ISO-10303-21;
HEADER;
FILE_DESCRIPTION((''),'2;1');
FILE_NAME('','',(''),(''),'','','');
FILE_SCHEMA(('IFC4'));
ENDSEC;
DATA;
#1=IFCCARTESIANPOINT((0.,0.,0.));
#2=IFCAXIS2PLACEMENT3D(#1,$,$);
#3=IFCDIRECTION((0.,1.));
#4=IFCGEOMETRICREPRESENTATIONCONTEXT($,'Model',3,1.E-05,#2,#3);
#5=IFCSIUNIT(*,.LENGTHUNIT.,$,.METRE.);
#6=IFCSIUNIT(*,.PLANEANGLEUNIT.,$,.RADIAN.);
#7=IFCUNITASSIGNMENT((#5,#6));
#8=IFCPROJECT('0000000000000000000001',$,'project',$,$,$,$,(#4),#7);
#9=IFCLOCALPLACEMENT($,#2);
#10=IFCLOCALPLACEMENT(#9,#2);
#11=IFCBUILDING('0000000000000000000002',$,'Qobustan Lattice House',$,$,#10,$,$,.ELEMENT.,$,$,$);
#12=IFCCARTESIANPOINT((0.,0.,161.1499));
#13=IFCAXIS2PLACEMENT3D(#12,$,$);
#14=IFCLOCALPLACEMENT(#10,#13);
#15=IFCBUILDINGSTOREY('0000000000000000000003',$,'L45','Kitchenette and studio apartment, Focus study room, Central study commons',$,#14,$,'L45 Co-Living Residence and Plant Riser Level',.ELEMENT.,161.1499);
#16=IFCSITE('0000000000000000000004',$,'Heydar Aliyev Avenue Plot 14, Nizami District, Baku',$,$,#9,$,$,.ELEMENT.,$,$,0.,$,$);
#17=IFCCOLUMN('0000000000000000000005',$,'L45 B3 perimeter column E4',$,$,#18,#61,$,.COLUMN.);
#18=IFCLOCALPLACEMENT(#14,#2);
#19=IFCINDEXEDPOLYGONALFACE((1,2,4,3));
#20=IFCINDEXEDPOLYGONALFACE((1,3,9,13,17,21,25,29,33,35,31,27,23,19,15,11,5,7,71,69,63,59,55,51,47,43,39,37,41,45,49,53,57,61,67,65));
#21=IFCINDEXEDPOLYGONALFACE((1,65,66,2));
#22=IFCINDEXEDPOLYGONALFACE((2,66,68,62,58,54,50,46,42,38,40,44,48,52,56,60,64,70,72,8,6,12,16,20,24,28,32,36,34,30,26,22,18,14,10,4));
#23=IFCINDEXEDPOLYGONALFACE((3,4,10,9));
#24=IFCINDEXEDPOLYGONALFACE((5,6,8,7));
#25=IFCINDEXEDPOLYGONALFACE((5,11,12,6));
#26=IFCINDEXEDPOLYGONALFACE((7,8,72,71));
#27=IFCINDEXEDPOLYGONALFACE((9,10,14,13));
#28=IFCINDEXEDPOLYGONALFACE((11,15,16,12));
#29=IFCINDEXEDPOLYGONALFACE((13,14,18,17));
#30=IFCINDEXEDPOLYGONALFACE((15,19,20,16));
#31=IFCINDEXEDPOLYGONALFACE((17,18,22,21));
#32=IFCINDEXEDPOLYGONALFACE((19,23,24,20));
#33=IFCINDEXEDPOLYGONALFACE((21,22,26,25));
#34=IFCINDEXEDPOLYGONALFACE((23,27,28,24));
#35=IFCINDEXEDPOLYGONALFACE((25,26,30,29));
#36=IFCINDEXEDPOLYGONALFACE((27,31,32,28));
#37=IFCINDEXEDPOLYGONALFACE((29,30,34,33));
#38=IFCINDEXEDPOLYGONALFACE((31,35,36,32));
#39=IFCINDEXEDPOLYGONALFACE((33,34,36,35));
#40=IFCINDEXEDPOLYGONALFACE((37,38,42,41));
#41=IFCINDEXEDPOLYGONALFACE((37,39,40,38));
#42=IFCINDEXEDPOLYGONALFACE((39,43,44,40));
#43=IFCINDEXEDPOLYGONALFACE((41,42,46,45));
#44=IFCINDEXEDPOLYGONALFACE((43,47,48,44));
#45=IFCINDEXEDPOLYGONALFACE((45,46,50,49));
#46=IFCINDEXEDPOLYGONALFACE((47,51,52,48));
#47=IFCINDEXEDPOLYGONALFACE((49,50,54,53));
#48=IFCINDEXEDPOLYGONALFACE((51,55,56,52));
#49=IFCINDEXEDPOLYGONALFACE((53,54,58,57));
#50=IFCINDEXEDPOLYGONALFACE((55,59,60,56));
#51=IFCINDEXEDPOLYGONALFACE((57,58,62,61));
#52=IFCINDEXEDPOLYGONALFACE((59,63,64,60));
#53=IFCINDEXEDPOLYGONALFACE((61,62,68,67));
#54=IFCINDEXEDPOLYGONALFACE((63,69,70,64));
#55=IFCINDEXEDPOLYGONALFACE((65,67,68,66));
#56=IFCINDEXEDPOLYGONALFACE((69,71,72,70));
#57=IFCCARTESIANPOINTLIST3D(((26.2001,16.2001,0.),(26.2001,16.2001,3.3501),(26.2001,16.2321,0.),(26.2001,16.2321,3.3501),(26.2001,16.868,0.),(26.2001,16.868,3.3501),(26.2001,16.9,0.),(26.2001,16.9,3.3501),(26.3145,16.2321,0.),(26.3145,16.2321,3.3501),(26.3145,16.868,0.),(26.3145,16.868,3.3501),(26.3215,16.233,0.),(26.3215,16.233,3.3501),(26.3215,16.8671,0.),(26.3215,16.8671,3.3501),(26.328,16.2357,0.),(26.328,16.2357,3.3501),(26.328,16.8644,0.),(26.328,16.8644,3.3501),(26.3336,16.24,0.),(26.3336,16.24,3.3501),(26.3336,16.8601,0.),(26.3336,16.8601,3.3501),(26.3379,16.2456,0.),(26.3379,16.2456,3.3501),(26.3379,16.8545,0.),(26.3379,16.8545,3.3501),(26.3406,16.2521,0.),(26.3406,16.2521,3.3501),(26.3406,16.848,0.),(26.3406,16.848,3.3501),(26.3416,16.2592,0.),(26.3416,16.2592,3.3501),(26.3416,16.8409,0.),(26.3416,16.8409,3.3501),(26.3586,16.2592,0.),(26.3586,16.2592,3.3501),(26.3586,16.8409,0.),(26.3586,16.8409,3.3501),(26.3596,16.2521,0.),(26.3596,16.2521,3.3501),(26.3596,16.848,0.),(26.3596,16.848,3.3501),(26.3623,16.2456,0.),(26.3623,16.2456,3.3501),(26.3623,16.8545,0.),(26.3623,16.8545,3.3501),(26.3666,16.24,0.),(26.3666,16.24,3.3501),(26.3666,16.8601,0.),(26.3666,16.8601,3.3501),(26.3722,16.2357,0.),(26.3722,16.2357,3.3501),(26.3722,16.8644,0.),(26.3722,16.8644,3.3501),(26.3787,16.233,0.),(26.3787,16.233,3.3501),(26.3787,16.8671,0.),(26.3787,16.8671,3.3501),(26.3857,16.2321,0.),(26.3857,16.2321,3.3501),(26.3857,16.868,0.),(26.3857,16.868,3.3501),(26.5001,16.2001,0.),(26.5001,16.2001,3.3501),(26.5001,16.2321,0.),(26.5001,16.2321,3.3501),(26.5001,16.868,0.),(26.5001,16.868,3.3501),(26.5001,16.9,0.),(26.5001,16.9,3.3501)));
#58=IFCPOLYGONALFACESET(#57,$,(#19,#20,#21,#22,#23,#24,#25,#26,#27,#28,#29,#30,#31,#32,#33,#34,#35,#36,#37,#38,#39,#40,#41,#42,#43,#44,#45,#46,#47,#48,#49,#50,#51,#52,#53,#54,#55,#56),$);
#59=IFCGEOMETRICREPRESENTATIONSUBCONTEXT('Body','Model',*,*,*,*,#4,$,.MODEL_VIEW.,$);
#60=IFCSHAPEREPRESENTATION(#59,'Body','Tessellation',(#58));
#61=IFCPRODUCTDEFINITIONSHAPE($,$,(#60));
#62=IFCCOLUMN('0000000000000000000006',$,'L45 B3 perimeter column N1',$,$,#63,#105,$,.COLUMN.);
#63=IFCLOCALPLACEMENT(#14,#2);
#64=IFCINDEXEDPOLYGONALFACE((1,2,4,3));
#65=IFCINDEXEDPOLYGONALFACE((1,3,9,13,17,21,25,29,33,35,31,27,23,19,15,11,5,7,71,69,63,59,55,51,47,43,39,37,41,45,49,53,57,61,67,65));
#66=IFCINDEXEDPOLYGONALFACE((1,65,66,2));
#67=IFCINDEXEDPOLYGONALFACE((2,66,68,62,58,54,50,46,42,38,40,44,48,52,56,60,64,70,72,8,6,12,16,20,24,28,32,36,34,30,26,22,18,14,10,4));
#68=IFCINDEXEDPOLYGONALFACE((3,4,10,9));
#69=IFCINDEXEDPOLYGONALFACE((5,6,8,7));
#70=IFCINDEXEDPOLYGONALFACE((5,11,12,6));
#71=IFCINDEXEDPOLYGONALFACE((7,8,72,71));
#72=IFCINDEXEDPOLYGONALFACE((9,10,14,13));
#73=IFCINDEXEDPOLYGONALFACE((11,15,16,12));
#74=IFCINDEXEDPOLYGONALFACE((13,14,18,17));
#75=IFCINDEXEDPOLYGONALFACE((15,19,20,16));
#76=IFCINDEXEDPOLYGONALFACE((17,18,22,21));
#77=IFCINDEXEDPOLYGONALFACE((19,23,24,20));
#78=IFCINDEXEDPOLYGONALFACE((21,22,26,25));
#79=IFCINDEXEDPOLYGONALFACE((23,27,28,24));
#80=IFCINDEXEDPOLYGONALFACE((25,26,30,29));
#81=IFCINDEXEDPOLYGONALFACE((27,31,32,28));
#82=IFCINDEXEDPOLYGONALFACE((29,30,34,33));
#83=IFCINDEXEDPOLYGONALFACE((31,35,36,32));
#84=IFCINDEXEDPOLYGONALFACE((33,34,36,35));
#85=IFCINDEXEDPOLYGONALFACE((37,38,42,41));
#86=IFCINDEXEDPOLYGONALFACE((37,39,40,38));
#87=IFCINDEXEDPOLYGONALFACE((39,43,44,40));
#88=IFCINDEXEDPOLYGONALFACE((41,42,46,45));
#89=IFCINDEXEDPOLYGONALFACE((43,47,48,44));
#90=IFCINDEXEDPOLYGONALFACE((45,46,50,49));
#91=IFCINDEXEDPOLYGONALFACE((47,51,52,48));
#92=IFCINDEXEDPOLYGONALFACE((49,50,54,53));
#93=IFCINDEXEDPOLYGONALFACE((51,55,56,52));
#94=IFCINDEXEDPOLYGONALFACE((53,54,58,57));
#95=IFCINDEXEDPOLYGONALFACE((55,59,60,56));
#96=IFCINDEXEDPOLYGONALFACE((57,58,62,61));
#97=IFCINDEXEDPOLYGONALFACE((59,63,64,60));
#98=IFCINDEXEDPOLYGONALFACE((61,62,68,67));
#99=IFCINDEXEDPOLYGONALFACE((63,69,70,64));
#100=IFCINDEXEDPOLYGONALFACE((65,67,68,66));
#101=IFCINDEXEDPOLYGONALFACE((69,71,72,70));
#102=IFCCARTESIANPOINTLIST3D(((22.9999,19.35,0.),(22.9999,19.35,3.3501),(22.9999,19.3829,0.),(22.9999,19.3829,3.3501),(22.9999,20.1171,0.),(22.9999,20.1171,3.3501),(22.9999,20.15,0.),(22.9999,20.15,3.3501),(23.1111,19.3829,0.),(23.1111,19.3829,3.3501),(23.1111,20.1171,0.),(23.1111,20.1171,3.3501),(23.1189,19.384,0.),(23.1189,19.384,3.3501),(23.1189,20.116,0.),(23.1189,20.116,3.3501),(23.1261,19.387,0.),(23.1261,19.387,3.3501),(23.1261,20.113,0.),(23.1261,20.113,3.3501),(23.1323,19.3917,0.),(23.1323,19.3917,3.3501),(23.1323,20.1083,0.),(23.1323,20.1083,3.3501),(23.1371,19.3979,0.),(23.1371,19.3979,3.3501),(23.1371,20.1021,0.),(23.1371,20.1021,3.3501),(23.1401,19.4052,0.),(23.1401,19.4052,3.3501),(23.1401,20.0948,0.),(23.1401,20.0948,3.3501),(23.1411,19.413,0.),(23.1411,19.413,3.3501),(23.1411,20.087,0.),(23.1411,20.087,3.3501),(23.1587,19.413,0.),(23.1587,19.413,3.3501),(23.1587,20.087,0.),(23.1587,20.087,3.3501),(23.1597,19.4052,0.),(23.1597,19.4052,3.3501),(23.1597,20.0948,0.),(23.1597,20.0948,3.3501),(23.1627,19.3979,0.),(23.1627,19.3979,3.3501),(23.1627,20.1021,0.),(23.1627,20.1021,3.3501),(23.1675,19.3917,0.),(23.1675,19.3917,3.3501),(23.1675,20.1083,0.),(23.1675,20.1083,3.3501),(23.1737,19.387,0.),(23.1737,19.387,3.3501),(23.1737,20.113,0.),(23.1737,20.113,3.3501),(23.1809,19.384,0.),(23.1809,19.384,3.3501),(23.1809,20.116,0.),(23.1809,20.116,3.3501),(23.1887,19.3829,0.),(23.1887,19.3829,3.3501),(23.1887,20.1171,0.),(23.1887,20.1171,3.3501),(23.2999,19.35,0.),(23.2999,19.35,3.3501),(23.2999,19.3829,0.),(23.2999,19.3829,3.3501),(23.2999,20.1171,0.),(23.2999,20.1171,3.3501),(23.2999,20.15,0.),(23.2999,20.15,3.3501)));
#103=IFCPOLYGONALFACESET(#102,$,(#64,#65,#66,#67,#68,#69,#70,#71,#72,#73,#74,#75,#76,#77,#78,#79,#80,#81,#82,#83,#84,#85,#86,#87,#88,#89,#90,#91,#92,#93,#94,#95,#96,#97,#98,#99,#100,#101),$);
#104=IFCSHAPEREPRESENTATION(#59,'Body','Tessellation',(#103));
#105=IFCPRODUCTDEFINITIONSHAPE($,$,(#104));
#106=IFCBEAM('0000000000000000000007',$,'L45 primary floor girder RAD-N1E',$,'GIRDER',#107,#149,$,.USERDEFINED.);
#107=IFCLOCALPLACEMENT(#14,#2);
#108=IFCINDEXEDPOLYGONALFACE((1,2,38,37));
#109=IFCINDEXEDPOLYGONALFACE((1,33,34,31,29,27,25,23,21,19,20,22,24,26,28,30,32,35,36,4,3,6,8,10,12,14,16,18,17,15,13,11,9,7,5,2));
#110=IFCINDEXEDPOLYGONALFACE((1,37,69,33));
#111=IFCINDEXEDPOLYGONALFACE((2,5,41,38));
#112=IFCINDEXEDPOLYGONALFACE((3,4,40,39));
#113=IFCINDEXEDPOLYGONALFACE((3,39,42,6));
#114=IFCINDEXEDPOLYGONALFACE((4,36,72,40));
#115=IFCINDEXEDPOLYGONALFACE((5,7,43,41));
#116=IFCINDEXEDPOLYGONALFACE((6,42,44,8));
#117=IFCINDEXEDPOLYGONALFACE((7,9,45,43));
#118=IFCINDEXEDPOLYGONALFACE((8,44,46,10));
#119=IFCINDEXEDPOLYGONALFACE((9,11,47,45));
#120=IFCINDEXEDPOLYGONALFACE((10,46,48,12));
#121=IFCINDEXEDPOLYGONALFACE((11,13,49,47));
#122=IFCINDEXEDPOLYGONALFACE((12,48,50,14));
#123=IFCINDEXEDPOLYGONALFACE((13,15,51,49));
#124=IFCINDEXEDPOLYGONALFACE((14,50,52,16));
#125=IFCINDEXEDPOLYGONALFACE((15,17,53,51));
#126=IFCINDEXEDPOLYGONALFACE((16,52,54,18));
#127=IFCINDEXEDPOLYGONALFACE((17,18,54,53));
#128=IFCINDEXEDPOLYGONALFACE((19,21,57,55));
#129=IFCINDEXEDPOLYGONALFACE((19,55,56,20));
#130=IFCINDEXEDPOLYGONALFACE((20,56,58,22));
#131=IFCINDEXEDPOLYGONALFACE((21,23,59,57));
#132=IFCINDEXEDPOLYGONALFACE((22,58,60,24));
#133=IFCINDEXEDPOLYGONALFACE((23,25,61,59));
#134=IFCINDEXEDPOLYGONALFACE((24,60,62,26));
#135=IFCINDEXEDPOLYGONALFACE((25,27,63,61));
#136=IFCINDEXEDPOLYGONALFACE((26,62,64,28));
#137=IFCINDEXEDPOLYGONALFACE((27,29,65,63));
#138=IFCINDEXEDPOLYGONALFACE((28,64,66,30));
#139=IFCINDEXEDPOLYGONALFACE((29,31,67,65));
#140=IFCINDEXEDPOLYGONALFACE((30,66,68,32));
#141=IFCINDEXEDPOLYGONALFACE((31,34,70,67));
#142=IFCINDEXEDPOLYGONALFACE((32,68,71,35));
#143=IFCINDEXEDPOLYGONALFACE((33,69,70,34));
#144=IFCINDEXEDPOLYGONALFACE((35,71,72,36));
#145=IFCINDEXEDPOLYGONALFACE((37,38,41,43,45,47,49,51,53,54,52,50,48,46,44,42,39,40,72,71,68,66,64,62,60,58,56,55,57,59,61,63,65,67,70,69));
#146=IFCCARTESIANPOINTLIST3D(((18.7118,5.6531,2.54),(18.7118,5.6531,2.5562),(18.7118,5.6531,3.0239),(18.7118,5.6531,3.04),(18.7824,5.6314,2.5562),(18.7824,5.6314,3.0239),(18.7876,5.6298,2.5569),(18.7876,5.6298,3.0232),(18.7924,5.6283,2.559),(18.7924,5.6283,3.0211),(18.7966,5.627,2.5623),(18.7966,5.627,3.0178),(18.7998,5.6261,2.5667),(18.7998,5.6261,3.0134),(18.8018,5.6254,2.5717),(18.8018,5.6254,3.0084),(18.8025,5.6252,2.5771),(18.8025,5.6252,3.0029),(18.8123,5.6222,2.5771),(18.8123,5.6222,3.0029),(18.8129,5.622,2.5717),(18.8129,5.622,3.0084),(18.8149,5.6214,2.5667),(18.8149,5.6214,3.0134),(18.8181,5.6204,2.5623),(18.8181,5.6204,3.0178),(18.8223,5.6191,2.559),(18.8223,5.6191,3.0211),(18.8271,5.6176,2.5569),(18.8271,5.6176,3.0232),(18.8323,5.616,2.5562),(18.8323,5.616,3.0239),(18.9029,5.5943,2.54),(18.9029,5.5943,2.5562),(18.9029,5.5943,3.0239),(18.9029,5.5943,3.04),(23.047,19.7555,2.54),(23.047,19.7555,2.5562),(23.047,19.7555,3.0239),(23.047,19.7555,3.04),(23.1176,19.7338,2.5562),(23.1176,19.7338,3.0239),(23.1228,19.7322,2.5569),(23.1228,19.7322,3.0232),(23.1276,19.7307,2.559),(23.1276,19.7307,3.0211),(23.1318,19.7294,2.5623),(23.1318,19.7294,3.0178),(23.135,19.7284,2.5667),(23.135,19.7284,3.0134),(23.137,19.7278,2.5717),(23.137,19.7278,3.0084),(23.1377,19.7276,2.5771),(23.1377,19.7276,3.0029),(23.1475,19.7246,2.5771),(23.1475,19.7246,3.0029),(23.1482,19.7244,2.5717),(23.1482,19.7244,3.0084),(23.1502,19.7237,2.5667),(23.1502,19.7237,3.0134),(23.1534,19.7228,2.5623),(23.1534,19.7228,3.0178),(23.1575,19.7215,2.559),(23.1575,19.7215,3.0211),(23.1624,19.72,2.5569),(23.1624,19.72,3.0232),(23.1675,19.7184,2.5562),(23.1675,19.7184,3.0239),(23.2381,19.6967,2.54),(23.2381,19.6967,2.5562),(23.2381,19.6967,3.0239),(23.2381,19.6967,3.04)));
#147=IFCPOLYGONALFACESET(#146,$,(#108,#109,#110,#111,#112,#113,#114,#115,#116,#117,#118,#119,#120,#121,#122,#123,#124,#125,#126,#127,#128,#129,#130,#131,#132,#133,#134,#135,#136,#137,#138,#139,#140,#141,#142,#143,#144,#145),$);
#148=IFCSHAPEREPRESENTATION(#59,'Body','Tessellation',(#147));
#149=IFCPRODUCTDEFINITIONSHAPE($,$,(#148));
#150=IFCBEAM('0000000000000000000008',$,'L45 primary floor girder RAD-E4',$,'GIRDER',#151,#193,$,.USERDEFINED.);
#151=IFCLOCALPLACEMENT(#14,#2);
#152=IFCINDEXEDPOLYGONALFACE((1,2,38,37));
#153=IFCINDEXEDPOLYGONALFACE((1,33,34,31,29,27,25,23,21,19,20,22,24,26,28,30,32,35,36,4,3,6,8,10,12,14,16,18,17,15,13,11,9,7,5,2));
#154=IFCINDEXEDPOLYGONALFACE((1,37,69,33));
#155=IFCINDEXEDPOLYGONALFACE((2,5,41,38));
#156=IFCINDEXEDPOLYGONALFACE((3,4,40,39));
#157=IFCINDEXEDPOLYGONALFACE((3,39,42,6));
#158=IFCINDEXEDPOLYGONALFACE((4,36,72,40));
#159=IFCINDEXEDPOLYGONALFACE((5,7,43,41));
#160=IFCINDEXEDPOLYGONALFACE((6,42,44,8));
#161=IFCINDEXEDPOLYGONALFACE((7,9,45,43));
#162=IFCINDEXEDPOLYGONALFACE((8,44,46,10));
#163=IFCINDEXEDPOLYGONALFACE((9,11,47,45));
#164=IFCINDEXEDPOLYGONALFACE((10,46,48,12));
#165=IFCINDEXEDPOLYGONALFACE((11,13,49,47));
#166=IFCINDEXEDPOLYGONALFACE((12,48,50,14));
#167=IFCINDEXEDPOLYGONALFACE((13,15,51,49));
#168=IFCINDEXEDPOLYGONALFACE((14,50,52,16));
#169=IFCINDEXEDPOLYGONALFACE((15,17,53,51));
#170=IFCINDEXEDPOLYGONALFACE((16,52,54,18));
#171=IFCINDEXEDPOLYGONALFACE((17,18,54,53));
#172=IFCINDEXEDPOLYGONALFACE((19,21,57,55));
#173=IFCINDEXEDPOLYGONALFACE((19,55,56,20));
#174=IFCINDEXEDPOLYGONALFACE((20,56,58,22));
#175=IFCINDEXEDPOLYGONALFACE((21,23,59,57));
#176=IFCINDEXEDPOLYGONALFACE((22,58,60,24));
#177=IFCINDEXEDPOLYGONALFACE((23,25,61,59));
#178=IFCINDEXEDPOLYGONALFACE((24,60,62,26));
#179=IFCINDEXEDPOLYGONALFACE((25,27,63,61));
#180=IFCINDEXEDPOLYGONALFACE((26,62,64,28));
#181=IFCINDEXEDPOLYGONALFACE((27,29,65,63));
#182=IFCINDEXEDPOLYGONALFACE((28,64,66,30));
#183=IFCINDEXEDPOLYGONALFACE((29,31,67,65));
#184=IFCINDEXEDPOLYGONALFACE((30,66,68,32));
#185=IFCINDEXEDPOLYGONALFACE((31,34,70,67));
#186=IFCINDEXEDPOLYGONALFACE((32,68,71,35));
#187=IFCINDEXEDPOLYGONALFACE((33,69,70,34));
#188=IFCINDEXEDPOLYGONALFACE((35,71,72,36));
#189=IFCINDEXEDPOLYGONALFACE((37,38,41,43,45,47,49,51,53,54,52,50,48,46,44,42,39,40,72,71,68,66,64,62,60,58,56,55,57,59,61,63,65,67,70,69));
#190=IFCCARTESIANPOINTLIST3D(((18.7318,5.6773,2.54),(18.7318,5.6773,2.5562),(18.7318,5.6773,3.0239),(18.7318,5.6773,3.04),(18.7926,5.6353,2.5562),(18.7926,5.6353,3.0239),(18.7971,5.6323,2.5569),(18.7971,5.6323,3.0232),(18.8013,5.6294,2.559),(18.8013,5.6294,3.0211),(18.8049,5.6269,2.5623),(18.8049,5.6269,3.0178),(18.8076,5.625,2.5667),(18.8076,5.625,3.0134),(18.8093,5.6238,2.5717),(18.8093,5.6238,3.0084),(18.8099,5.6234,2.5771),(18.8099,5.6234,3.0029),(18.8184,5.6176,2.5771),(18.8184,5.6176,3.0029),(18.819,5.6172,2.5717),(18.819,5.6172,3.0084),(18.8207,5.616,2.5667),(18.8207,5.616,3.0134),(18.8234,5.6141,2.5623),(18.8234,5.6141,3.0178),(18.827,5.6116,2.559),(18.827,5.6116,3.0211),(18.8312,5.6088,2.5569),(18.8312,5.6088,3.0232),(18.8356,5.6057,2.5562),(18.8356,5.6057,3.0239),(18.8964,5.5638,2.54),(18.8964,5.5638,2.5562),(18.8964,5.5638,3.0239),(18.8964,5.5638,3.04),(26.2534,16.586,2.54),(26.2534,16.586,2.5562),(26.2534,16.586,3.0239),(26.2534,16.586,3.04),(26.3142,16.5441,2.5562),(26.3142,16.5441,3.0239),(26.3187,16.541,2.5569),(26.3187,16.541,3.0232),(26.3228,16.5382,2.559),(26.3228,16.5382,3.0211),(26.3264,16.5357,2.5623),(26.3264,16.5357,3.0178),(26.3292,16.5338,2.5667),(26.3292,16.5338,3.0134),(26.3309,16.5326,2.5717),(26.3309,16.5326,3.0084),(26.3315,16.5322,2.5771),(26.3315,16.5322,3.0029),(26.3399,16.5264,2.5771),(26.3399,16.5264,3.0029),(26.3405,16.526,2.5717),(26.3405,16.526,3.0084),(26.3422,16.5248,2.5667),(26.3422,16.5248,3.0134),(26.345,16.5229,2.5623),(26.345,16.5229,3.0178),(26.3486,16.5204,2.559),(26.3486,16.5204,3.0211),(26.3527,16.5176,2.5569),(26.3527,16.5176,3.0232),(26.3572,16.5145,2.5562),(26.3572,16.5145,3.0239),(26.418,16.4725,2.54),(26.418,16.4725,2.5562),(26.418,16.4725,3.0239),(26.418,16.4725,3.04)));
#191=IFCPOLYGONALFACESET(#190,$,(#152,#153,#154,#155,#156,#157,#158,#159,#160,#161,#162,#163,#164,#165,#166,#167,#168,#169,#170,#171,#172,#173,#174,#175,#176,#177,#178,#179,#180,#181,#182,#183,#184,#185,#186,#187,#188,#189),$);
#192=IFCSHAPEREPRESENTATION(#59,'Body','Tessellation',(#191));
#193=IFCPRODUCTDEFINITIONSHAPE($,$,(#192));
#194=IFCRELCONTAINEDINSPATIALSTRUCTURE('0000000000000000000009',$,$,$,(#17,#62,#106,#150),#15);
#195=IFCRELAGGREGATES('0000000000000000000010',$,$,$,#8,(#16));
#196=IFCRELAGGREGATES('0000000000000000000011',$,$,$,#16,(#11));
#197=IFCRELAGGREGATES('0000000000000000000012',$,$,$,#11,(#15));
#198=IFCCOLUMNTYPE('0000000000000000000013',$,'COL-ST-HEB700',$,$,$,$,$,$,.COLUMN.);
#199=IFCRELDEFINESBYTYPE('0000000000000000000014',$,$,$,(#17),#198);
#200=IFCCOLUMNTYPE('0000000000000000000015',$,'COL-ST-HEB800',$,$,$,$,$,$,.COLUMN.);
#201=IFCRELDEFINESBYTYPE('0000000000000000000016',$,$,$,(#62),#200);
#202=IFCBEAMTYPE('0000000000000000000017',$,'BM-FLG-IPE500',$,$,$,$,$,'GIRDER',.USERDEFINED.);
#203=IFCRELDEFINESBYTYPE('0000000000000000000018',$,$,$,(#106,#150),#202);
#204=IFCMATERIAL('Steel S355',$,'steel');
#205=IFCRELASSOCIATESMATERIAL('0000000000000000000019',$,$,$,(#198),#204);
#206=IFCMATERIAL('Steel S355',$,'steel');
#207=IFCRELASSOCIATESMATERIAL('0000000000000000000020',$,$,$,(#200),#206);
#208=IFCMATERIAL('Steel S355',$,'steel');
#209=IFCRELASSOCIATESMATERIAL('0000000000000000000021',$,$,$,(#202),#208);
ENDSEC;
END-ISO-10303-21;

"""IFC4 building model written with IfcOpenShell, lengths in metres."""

from ifc_helpers import new_model, si_unit, direction, frame, origin, origin_2d, place, context, subcontext, project, spatial, i_section, extrude, material, material_profile, profile_set, type_object, element, save


model = new_model("IFC4")

# Units and contexts
model_context = context("Model", 3, precision=1e-05, world=origin(), true_north=direction((0.0, 1.0)))
body_context = subcontext(model_context, "Body", "Model", "MODEL_VIEW")
ifc_project = project(units=[si_unit("LENGTHUNIT", "METRE"), si_unit("PLANEANGLEUNIT", "RADIAN")], contexts=[model_context])

# Site, building, storey
site_placement = place(None, origin())
site = spatial("IfcSite", under=ifc_project, at=site_placement, Name="Heydar Aliyev Avenue Plot 14, Nizami District, Baku", CompositionType="ELEMENT", RefElevation=0.0)
building_placement = place(site_placement, origin())
building = spatial("IfcBuilding", under=site, at=building_placement, Name="Qobustan Lattice House", CompositionType="ELEMENT")
storey_placement = place(building_placement, frame((0.0, 0.0, 161.1499)))
storey = spatial("IfcBuildingStorey", under=building, at=storey_placement, Name="L45", Description="Kitchenette and studio apartment, Focus study room, Central study commons", LongName="L45 Co-Living Residence and Plant Riser Level", CompositionType="ELEMENT", Elevation=161.1499)

# Columns
ifc_material_1 = material(Name="Steel S355", Category="steel")
ifc_material_profile_1 = material_profile(ifc_material_1, i_section(OverallWidth=0.3, OverallDepth=0.7, WebThickness=0.0171, FlangeThickness=0.032, FilletRadius=0.0271, at=origin_2d()), Name="HEB700")
ifc_profile_set_1 = profile_set([ifc_material_profile_1], Name="Steel S355")
column_type_1 = type_object("IfcColumnType", Name="COL-ST-HEB700", PredefinedType="COLUMN", material=ifc_profile_set_1)
column_1_placement = place(storey_placement, frame((26.3501, 16.55, 0.0), z_axis=(0.0, 0.0, 1.0), x_axis=(1.0, 0.0, 0.0)))
element("IfcColumn", 1, at=column_1_placement, inside=storey, type_object=column_type_1, Name="L45 B3 perimeter column E4", PredefinedType="COLUMN", context=body_context, shape_type="SweptSolid", body=[
    extrude(i_section(OverallWidth=0.3, OverallDepth=0.7, WebThickness=0.0171, FlangeThickness=0.032, FilletRadius=0.0271, at=origin_2d()), origin(), (0.0, 0.0, 1.0), 3.3501),
])
ifc_material_2 = material(Name="Steel S355", Category="steel")
ifc_material_profile_2 = material_profile(ifc_material_2, i_section(OverallWidth=0.3, OverallDepth=0.8, WebThickness=0.0176, FlangeThickness=0.033, FilletRadius=0.03, at=origin_2d()), Name="HEB800")
ifc_profile_set_2 = profile_set([ifc_material_profile_2], Name="Steel S355")
column_type_2 = type_object("IfcColumnType", Name="COL-ST-HEB800", PredefinedType="COLUMN", material=ifc_profile_set_2)
column_2_placement = place(storey_placement, frame((23.1499, 19.75, 0.0), z_axis=(0.0, 0.0, 1.0), x_axis=(1.0, 0.0, 0.0)))
element("IfcColumn", 2, at=column_2_placement, inside=storey, type_object=column_type_2, Name="L45 B3 perimeter column N1", PredefinedType="COLUMN", context=body_context, shape_type="SweptSolid", body=[
    extrude(i_section(OverallWidth=0.3, OverallDepth=0.8, WebThickness=0.0176, FlangeThickness=0.033, FilletRadius=0.03, at=origin_2d()), origin(), (0.0, 0.0, 1.0), 3.3501),
])

# Beams
ifc_material_3 = material(Name="Steel S355", Category="steel")
ifc_material_profile_3 = material_profile(ifc_material_3, i_section(OverallWidth=0.2, OverallDepth=0.5, WebThickness=0.0103, FlangeThickness=0.0161, FilletRadius=0.021, at=origin_2d()), Name="IPE500")
ifc_profile_set_3 = profile_set([ifc_material_profile_3], Name="Steel S355")
beam_type_1 = type_object("IfcBeamType", Name="BM-FLG-IPE500", ElementType="GIRDER", PredefinedType="USERDEFINED", material=ifc_profile_set_3)
beam_1_placement = place(storey_placement, frame((23.1426, 19.7261, 2.79), z_axis=(-0.29384, -0.955854, 0.0), x_axis=(0.955854, -0.29384, 0.0)))
element("IfcBeam", 3, at=beam_1_placement, inside=storey, type_object=beam_type_1, Name="L45 primary floor girder RAD-N1E", ObjectType="GIRDER", PredefinedType="USERDEFINED", context=body_context, shape_type="SweptSolid", body=[
    extrude(i_section(OverallWidth=0.2, OverallDepth=0.5, WebThickness=0.0103, FlangeThickness=0.0161, FilletRadius=0.021, at=origin_2d()), origin(), (0.0, 0.0, 1.0), 14.7537),
])
beam_2_placement = place(storey_placement, frame((26.3357, 16.5293, 2.79), z_axis=(-0.567643, -0.823275, 0.0), x_axis=(0.823275, -0.567643, 0.0)))
element("IfcBeam", 4, at=beam_2_placement, inside=storey, type_object=beam_type_1, Name="L45 primary floor girder RAD-E4", ObjectType="GIRDER", PredefinedType="USERDEFINED", context=body_context, shape_type="SweptSolid", body=[
    extrude(i_section(OverallWidth=0.2, OverallDepth=0.5, WebThickness=0.0103, FlangeThickness=0.0161, FilletRadius=0.021, at=origin_2d()), origin(), (0.0, 0.0, 1.0), 13.2505),
])

save(model, "model.ifc")
